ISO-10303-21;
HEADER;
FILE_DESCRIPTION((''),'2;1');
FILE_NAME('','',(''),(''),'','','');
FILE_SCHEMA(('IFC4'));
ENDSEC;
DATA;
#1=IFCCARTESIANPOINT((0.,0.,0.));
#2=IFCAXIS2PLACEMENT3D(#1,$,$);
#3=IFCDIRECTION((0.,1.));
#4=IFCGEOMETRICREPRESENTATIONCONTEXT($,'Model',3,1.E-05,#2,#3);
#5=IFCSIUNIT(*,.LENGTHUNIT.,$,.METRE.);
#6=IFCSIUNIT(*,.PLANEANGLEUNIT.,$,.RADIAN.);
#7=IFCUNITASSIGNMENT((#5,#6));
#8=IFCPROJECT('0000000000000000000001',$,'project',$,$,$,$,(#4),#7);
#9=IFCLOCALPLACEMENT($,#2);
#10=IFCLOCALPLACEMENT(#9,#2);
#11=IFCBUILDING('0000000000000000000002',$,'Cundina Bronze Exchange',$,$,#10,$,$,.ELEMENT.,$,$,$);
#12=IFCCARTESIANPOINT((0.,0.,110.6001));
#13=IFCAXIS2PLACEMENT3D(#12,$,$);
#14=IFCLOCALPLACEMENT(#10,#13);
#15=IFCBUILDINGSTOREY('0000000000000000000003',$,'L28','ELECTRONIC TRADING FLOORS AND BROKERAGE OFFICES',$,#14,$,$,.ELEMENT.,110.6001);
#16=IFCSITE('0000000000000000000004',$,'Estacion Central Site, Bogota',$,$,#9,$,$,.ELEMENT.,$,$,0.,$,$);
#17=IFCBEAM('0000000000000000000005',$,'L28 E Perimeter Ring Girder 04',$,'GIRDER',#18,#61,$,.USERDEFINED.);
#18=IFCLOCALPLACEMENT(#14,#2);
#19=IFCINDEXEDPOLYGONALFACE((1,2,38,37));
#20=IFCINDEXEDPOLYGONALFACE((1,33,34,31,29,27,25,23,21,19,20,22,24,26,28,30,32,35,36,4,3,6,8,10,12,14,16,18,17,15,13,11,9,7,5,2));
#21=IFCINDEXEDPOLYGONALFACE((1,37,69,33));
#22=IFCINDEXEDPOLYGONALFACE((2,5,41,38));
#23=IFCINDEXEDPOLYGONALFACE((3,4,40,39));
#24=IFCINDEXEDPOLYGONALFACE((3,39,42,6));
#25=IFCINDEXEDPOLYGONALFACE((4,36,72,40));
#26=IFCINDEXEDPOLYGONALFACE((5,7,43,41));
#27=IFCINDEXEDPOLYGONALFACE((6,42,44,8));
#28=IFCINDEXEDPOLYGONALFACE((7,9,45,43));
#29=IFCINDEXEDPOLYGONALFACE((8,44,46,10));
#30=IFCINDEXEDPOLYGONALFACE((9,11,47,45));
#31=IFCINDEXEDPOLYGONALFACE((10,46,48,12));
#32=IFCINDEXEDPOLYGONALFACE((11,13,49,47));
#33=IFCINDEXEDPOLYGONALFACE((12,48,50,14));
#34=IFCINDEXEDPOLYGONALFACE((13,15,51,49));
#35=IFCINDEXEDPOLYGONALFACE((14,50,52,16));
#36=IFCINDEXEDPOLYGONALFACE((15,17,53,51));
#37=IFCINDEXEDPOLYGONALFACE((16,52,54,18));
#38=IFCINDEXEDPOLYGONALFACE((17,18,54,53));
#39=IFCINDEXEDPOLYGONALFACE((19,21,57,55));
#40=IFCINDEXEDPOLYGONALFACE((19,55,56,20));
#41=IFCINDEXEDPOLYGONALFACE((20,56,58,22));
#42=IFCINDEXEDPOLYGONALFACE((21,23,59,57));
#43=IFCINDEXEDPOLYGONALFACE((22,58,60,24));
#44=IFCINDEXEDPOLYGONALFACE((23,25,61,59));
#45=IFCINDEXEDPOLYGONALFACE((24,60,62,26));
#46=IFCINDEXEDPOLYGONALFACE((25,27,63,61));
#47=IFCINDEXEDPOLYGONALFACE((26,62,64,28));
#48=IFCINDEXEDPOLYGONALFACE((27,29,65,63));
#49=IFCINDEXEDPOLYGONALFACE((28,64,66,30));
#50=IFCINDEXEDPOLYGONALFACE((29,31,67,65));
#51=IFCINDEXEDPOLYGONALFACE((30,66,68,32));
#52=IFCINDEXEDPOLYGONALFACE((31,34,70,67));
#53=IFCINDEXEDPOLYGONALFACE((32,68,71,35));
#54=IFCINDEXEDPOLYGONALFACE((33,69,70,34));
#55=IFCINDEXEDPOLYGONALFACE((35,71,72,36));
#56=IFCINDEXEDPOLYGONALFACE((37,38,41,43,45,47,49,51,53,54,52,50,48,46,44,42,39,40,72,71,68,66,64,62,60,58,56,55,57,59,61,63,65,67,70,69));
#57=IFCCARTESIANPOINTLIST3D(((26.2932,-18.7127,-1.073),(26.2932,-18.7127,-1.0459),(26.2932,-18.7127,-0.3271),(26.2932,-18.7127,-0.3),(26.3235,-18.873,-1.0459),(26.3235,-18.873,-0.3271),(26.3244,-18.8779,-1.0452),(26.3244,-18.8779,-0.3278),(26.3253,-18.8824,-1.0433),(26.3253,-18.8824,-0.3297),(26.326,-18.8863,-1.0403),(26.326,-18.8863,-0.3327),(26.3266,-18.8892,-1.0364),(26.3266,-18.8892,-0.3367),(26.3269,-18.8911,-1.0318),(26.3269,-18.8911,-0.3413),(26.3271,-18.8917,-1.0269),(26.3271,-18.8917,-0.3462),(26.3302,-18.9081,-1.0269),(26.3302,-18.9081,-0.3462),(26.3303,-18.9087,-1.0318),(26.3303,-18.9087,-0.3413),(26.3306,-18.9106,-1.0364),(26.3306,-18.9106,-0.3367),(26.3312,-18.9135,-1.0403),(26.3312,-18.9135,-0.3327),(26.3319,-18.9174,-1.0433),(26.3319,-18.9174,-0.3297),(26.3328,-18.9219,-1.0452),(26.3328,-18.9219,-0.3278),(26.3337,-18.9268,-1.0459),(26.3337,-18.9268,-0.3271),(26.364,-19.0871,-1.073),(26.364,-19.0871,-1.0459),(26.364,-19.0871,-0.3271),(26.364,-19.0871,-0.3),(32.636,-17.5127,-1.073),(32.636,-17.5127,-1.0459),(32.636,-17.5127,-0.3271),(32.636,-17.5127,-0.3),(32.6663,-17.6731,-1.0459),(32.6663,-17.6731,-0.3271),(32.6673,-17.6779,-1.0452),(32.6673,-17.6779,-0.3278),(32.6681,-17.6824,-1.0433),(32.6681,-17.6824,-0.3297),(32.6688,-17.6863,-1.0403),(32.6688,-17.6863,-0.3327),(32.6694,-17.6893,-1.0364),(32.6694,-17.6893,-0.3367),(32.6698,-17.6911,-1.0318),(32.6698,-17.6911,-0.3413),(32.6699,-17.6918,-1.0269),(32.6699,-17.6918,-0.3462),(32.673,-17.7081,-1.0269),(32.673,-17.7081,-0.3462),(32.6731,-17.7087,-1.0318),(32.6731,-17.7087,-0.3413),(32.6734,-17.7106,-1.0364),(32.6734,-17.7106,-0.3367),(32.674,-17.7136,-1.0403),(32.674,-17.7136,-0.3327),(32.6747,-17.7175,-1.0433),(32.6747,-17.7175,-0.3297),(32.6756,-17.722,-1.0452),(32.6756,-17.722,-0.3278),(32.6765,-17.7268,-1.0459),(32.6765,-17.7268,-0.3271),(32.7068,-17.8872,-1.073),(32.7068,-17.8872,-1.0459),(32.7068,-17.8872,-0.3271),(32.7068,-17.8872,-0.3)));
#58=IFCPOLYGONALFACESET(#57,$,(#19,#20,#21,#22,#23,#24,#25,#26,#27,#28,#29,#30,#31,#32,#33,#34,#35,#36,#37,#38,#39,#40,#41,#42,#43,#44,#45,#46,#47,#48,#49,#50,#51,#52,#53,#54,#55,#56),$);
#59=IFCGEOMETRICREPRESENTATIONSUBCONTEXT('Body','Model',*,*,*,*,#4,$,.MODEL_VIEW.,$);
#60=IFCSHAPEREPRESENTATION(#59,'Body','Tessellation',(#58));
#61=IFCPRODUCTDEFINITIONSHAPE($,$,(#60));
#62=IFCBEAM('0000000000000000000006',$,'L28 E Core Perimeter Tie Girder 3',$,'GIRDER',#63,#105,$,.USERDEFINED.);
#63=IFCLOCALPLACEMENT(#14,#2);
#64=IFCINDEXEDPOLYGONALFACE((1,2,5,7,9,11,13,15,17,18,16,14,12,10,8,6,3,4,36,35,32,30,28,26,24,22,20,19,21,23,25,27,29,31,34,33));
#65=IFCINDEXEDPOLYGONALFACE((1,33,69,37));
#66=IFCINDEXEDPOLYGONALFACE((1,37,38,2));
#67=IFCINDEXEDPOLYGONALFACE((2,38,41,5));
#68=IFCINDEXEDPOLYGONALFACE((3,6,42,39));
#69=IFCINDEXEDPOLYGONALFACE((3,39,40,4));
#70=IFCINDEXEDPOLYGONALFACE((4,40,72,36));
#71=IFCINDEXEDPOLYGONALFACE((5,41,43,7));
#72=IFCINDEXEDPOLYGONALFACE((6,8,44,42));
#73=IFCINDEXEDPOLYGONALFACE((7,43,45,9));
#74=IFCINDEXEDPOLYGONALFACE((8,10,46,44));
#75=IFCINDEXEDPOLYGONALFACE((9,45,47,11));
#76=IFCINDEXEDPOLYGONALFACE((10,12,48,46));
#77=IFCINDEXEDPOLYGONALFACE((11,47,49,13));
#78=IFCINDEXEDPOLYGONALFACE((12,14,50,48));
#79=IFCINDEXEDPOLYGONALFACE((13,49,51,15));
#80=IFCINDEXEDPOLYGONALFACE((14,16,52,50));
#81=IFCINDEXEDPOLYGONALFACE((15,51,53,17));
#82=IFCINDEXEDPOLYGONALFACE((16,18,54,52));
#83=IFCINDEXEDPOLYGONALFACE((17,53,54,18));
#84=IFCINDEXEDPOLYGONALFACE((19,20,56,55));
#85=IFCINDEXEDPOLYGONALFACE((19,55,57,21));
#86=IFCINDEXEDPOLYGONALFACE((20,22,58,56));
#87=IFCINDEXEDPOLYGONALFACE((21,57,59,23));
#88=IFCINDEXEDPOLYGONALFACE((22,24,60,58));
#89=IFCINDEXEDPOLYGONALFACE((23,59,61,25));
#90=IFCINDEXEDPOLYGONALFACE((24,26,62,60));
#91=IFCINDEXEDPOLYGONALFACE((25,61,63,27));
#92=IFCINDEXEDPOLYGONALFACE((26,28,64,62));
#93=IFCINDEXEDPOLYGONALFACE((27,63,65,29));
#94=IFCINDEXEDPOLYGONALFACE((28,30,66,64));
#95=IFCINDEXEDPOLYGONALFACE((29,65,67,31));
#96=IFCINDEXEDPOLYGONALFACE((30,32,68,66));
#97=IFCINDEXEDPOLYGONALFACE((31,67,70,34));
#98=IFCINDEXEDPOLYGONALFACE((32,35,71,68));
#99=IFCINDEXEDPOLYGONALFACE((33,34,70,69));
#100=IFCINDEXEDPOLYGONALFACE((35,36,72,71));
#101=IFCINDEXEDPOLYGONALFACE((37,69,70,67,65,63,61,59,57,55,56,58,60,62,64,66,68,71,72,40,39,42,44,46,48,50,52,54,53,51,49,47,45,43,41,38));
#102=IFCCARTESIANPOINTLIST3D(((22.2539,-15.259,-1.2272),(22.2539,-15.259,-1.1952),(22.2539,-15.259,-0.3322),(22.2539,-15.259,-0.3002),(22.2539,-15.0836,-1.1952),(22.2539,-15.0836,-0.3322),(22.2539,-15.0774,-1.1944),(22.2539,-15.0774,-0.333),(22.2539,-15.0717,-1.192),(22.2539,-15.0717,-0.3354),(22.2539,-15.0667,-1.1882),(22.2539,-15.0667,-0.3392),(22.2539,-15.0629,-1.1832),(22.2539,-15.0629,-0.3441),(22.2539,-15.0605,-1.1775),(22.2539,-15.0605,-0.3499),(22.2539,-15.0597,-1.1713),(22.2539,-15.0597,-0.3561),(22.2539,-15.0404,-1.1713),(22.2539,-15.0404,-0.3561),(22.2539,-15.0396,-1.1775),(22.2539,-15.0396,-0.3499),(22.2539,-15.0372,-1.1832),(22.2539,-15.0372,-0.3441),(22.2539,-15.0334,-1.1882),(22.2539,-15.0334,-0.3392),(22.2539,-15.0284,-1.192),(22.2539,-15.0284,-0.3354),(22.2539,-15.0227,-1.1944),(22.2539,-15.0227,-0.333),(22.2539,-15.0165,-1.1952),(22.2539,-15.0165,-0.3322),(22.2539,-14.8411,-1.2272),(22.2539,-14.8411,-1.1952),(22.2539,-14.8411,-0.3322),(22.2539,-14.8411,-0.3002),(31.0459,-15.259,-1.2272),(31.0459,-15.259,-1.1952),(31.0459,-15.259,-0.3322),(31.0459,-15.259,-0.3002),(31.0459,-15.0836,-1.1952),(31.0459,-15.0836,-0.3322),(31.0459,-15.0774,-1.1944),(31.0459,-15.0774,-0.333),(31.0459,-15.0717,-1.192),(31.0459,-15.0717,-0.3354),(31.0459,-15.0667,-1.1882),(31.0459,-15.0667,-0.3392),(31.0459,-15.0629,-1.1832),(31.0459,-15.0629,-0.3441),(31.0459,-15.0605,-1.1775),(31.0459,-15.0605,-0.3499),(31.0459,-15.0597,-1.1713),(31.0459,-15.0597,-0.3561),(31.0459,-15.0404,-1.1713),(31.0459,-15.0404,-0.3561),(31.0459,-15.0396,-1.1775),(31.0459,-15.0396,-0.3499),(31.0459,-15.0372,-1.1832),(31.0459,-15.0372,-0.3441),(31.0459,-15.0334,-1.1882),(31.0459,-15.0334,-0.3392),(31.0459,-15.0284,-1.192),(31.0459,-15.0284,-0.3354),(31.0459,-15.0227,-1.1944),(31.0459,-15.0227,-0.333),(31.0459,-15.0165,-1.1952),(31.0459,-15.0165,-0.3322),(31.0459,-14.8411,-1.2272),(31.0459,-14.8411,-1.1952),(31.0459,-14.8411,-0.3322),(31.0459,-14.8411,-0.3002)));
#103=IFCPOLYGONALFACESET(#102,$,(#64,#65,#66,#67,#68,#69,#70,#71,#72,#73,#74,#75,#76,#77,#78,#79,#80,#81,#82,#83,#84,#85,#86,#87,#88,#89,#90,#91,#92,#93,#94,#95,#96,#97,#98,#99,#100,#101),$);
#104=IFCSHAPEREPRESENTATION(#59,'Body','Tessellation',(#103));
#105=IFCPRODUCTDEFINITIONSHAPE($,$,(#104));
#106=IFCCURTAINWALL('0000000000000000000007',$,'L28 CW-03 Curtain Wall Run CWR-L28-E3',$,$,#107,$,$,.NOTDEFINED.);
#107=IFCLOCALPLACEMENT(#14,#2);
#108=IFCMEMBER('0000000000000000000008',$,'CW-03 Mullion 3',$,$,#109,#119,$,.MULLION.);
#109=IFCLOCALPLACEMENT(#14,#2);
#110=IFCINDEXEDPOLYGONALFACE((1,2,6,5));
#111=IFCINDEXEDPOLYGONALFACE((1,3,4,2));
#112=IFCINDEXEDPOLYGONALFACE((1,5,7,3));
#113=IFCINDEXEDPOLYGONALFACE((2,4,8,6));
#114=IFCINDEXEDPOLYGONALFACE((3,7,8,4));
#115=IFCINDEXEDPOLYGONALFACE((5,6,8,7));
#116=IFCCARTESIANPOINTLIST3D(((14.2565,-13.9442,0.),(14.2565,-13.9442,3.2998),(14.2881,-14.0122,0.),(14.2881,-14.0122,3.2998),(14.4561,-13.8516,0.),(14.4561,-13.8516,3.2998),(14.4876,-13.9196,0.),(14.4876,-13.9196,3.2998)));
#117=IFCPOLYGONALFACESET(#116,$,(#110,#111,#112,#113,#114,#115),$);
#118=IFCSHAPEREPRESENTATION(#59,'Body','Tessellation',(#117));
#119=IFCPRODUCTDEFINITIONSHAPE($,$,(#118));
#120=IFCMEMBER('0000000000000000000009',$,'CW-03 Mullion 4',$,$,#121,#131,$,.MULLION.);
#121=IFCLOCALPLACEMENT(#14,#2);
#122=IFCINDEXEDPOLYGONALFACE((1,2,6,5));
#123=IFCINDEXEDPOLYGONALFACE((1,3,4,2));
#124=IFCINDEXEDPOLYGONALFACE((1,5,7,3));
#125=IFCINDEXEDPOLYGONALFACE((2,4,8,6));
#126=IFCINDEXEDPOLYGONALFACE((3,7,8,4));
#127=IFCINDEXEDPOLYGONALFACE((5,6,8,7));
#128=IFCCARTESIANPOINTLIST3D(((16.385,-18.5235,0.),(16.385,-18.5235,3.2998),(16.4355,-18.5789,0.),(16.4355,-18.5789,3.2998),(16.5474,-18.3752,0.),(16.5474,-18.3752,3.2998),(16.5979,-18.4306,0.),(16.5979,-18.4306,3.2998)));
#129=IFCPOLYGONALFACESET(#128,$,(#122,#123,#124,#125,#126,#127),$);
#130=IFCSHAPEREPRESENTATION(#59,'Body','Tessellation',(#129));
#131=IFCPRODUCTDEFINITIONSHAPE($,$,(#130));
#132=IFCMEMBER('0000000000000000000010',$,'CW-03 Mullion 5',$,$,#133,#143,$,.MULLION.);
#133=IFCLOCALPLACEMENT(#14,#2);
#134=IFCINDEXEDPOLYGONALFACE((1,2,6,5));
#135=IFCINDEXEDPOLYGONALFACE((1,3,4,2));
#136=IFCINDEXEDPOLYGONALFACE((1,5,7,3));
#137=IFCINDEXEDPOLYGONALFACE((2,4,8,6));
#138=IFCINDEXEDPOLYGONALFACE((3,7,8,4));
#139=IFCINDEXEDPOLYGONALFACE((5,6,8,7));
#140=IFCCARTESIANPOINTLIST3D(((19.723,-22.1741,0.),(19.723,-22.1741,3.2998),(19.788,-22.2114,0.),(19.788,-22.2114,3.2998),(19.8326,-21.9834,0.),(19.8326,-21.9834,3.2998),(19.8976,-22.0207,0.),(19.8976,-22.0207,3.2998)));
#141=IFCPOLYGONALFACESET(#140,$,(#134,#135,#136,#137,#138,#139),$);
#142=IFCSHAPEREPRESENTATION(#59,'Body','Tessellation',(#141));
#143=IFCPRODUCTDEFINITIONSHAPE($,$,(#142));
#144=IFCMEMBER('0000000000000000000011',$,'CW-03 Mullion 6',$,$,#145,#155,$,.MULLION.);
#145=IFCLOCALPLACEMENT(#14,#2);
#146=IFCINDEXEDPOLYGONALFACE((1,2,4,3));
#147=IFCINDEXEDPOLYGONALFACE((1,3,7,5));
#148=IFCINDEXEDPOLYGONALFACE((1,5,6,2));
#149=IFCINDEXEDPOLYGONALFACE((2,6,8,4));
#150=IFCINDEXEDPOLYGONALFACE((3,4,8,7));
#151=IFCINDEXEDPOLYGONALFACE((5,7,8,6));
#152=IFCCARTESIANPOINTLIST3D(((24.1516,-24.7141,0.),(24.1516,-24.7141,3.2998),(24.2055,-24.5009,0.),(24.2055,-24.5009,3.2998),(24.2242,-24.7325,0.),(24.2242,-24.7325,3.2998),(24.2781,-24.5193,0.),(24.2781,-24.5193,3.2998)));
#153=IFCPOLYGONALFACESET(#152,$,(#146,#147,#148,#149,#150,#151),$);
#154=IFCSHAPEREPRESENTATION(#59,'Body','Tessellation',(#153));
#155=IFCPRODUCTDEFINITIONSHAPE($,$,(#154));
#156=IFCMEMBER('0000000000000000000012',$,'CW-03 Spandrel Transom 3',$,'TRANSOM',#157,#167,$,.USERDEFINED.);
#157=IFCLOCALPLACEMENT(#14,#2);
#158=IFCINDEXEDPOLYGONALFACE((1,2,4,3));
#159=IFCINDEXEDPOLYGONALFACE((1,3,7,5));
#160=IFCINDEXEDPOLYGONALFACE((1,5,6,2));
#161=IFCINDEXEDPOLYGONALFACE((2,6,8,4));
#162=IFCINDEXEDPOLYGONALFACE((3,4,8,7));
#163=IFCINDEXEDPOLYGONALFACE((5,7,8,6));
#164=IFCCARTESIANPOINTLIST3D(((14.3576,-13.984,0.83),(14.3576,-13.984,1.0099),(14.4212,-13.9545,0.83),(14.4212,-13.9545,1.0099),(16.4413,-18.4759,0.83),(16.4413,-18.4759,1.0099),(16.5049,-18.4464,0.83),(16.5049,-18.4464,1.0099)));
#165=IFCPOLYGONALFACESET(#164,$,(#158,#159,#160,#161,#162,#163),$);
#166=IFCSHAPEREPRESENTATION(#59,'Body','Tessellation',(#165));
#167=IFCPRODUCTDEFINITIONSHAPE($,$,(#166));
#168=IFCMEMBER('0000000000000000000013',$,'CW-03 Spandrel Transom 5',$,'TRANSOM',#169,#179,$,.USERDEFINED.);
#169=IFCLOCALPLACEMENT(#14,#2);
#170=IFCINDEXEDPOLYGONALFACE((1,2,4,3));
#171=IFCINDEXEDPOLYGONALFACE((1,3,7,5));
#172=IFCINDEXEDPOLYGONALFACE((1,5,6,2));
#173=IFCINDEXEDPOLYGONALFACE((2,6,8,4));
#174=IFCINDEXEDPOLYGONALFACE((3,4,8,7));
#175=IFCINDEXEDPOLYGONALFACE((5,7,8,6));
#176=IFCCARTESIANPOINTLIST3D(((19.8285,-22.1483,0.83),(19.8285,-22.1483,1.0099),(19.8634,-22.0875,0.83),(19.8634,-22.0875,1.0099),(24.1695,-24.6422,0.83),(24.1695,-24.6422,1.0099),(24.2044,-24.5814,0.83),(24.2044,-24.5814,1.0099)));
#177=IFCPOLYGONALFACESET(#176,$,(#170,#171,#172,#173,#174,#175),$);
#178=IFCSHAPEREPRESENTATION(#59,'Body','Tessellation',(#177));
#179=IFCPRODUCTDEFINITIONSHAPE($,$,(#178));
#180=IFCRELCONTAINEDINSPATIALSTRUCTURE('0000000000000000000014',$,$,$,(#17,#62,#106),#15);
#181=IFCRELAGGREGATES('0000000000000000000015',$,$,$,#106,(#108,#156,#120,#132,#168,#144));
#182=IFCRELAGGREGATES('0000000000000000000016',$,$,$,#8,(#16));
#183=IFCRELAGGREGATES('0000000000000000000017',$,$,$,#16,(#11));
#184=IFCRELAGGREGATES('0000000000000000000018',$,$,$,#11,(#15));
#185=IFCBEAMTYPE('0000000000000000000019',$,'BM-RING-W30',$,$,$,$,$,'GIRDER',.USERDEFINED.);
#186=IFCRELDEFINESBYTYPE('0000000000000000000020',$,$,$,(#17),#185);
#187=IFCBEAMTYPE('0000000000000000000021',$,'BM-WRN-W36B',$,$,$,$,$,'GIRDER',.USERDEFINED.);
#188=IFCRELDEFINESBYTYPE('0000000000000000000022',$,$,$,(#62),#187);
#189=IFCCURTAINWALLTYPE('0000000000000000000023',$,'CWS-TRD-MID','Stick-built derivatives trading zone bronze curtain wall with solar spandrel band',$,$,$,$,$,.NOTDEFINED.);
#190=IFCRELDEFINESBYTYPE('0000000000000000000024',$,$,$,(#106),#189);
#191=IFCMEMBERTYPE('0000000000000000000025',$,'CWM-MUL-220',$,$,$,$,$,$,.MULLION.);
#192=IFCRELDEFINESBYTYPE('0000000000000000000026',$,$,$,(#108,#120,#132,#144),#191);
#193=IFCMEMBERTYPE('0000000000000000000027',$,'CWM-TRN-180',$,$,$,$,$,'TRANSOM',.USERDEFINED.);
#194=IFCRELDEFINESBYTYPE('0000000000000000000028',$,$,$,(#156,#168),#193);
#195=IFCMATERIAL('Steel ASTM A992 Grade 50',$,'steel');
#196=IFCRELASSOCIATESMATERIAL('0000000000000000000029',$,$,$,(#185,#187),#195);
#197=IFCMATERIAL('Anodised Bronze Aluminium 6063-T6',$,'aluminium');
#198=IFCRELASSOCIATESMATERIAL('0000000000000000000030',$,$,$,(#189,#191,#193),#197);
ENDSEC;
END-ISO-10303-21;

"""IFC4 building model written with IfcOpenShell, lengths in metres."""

from ifc_helpers import new_model, si_unit, direction, frame, origin, origin_2d, place, context, subcontext, project, spatial, rectangle, i_section, extrude, material, material_profile, profile_set, type_object, element, aggregate, save


model = new_model("IFC4")

# Units and contexts
model_context = context("Model", 3, precision=1e-05, world=origin(), true_north=direction((0.0, 1.0)))
body_context = subcontext(model_context, "Body", "Model", "MODEL_VIEW")
ifc_project = project(units=[si_unit("LENGTHUNIT", "METRE"), si_unit("PLANEANGLEUNIT", "RADIAN")], contexts=[model_context])

# Site, building, storey
site_placement = place(None, origin())
site = spatial("IfcSite", under=ifc_project, at=site_placement, Name="Estacion Central Site, Bogota", CompositionType="ELEMENT", RefElevation=0.0)
building_placement = place(site_placement, origin())
building = spatial("IfcBuilding", under=site, at=building_placement, Name="Cundina Bronze Exchange", CompositionType="ELEMENT")
storey_placement = place(building_placement, frame((0.0, 0.0, 110.6001)))
storey = spatial("IfcBuildingStorey", under=building, at=storey_placement, Name="L28", Description="ELECTRONIC TRADING FLOORS AND BROKERAGE OFFICES", CompositionType="ELEMENT", Elevation=110.6001)

# Shared definitions
ifc_material_1 = material(Name="Steel ASTM A992 Grade 50", Category="steel")

# Beams
ifc_material_profile_1 = material_profile(ifc_material_1, i_section(OverallWidth=0.3811, OverallDepth=0.7729, WebThickness=0.0166, FlangeThickness=0.0271, FilletRadius=0.019, at=origin_2d()), Name="W30X173", Category="steel")
ifc_profile_set_1 = profile_set([ifc_material_profile_1], Name="Steel ASTM A992 Grade 50")
beam_type_1 = type_object("IfcBeamType", Name="BM-RING-W30", ElementType="GIRDER", PredefinedType="USERDEFINED", material=ifc_profile_set_1)
beam_1_placement = place(storey_placement, frame((26.3286, -18.8999, -0.6865), z_axis=(0.982571, 0.185887, 0.0), x_axis=(-0.185887, 0.982571, 0.0)))
element("IfcBeam", 1, at=beam_1_placement, inside=storey, type_object=beam_type_1, Name="L28 E Perimeter Ring Girder 04", ObjectType="GIRDER", PredefinedType="USERDEFINED", context=body_context, shape_type="SweptSolid", body=[
    extrude(i_section(OverallWidth=0.3811, OverallDepth=0.7729, WebThickness=0.0166, FlangeThickness=0.0271, FilletRadius=0.019, at=origin_2d()), origin(), (0.0, 0.0, 1.0), 6.4553),
])
ifc_material_profile_2 = material_profile(ifc_material_1, i_section(OverallWidth=0.418, OverallDepth=0.927, WebThickness=0.0193, FlangeThickness=0.032, FilletRadius=0.0239, at=origin_2d()), Name="W36X231", Category="steel")
ifc_profile_set_2 = profile_set([ifc_material_profile_2], Name="Steel ASTM A992 Grade 50")
beam_type_2 = type_object("IfcBeamType", Name="BM-WRN-W36B", ElementType="GIRDER", PredefinedType="USERDEFINED", material=ifc_profile_set_2)
beam_2_placement = place(storey_placement, frame((22.2539, -15.05, -0.7637), z_axis=(1.0, 0.0, 0.0), x_axis=(0.0, 1.0, 0.0)))
element("IfcBeam", 2, at=beam_2_placement, inside=storey, type_object=beam_type_2, Name="L28 E Core Perimeter Tie Girder 3", ObjectType="GIRDER", PredefinedType="USERDEFINED", context=body_context, shape_type="SweptSolid", body=[
    extrude(i_section(OverallWidth=0.418, OverallDepth=0.927, WebThickness=0.0193, FlangeThickness=0.032, FilletRadius=0.0239, at=origin_2d()), origin(), (0.0, 0.0, 1.0), 8.792),
])

# Curtain wall, members
ifc_material_2 = material(Name="Anodised Bronze Aluminium 6063-T6", Category="aluminium")
curtain_wall_type = type_object("IfcCurtainWallType", Name="CWS-TRD-MID", Description="Stick-built derivatives trading zone bronze curtain wall with solar spandrel band", PredefinedType="NOTDEFINED", material=ifc_material_2)
curtain_wall_placement = place(storey_placement, origin())
curtain_wall = element("IfcCurtainWall", 3, at=curtain_wall_placement, inside=storey, type_object=curtain_wall_type, Name="L28 CW-03 Curtain Wall Run CWR-L28-E3", PredefinedType="NOTDEFINED")
ifc_material_profile_3 = material_profile(ifc_material_2, rectangle(XDim=0.075, YDim=0.22, at=origin_2d()), Name="AL75X220", Category="aluminium")
ifc_profile_set_3 = profile_set([ifc_material_profile_3], Name="Anodised Bronze Aluminium 6063-T6")
member_type_1 = type_object("IfcMemberType", Name="CWM-MUL-220", PredefinedType="MULLION", material=ifc_profile_set_3)
member_1_placement = place(storey_placement, frame((14.3721, -13.9319, 0.0), z_axis=(0.0, 0.0, 1.0), x_axis=(0.420877, -0.907117, 0.0)))
member_1 = element("IfcMember", 4, at=member_1_placement, type_object=member_type_1, Name="CW-03 Mullion 3", PredefinedType="MULLION", context=body_context, shape_type="SweptSolid", body=[
    extrude(rectangle(XDim=0.075, YDim=0.22, at=origin_2d()), origin(), (0.0, 0.0, 1.0), 3.2998),
])
member_2_placement = place(storey_placement, frame((16.4915, -18.4771, 0.0), z_axis=(0.0, 0.0, 1.0), x_axis=(0.674302, -0.738455, 0.0)))
member_2 = element("IfcMember", 5, at=member_2_placement, type_object=member_type_1, Name="CW-03 Mullion 4", PredefinedType="MULLION", context=body_context, shape_type="SweptSolid", body=[
    extrude(rectangle(XDim=0.075, YDim=0.22, at=origin_2d()), origin(), (0.0, 0.0, 1.0), 3.2998),
])
member_3_placement = place(storey_placement, frame((19.8103, -22.0974, 0.0), z_axis=(0.0, 0.0, 1.0), x_axis=(0.867071, -0.498185, 0.0)))
member_3 = element("IfcMember", 6, at=member_3_placement, type_object=member_type_1, Name="CW-03 Mullion 5", PredefinedType="MULLION", context=body_context, shape_type="SweptSolid", body=[
    extrude(rectangle(XDim=0.075, YDim=0.22, at=origin_2d()), origin(), (0.0, 0.0, 1.0), 3.2998),
])
member_4_placement = place(storey_placement, frame((24.2148, -24.6167, 0.0), z_axis=(0.0, 0.0, 1.0), x_axis=(0.969488, -0.245138, 0.0)))
member_4 = element("IfcMember", 7, at=member_4_placement, type_object=member_type_1, Name="CW-03 Mullion 6", PredefinedType="MULLION", context=body_context, shape_type="SweptSolid", body=[
    extrude(rectangle(XDim=0.075, YDim=0.22, at=origin_2d()), origin(), (0.0, 0.0, 1.0), 3.2998),
])
ifc_material_profile_4 = material_profile(ifc_material_2, rectangle(XDim=0.0701, YDim=0.1799, at=origin_2d()), Name="AL70X180", Category="aluminium")
ifc_profile_set_4 = profile_set([ifc_material_profile_4], Name="Anodised Bronze Aluminium 6063-T6")
member_type_2 = type_object("IfcMemberType", Name="CWM-TRN-180", ElementType="TRANSOM", PredefinedType="USERDEFINED", material=ifc_profile_set_4)
member_5_placement = place(storey_placement, frame((14.3894, -13.9692, 0.9199), z_axis=(0.420811, -0.907148, 0.0), x_axis=(0.907148, 0.420811, 0.0)))
member_5 = element("IfcMember", 8, at=member_5_placement, type_object=member_type_2, Name="CW-03 Spandrel Transom 3", ObjectType="TRANSOM", PredefinedType="USERDEFINED", context=body_context, shape_type="SweptSolid", body=[
    extrude(rectangle(XDim=0.0701, YDim=0.1799, at=origin_2d()), origin(), (0.0, 0.0, 1.0), 4.9517),
])
member_6_placement = place(storey_placement, frame((19.8459, -22.1179, 0.9199), z_axis=(0.867097, -0.498139, 0.0), x_axis=(0.498139, 0.867097, 0.0)))
member_6 = element("IfcMember", 9, at=member_6_placement, type_object=member_type_2, Name="CW-03 Spandrel Transom 5", ObjectType="TRANSOM", PredefinedType="USERDEFINED", context=body_context, shape_type="SweptSolid", body=[
    extrude(rectangle(XDim=0.0701, YDim=0.1799, at=origin_2d()), origin(), (0.0, 0.0, 1.0), 5.0063),
])
aggregate(curtain_wall, [member_1, member_5, member_2, member_3, member_6, member_4])

save(model, "model.ifc")
